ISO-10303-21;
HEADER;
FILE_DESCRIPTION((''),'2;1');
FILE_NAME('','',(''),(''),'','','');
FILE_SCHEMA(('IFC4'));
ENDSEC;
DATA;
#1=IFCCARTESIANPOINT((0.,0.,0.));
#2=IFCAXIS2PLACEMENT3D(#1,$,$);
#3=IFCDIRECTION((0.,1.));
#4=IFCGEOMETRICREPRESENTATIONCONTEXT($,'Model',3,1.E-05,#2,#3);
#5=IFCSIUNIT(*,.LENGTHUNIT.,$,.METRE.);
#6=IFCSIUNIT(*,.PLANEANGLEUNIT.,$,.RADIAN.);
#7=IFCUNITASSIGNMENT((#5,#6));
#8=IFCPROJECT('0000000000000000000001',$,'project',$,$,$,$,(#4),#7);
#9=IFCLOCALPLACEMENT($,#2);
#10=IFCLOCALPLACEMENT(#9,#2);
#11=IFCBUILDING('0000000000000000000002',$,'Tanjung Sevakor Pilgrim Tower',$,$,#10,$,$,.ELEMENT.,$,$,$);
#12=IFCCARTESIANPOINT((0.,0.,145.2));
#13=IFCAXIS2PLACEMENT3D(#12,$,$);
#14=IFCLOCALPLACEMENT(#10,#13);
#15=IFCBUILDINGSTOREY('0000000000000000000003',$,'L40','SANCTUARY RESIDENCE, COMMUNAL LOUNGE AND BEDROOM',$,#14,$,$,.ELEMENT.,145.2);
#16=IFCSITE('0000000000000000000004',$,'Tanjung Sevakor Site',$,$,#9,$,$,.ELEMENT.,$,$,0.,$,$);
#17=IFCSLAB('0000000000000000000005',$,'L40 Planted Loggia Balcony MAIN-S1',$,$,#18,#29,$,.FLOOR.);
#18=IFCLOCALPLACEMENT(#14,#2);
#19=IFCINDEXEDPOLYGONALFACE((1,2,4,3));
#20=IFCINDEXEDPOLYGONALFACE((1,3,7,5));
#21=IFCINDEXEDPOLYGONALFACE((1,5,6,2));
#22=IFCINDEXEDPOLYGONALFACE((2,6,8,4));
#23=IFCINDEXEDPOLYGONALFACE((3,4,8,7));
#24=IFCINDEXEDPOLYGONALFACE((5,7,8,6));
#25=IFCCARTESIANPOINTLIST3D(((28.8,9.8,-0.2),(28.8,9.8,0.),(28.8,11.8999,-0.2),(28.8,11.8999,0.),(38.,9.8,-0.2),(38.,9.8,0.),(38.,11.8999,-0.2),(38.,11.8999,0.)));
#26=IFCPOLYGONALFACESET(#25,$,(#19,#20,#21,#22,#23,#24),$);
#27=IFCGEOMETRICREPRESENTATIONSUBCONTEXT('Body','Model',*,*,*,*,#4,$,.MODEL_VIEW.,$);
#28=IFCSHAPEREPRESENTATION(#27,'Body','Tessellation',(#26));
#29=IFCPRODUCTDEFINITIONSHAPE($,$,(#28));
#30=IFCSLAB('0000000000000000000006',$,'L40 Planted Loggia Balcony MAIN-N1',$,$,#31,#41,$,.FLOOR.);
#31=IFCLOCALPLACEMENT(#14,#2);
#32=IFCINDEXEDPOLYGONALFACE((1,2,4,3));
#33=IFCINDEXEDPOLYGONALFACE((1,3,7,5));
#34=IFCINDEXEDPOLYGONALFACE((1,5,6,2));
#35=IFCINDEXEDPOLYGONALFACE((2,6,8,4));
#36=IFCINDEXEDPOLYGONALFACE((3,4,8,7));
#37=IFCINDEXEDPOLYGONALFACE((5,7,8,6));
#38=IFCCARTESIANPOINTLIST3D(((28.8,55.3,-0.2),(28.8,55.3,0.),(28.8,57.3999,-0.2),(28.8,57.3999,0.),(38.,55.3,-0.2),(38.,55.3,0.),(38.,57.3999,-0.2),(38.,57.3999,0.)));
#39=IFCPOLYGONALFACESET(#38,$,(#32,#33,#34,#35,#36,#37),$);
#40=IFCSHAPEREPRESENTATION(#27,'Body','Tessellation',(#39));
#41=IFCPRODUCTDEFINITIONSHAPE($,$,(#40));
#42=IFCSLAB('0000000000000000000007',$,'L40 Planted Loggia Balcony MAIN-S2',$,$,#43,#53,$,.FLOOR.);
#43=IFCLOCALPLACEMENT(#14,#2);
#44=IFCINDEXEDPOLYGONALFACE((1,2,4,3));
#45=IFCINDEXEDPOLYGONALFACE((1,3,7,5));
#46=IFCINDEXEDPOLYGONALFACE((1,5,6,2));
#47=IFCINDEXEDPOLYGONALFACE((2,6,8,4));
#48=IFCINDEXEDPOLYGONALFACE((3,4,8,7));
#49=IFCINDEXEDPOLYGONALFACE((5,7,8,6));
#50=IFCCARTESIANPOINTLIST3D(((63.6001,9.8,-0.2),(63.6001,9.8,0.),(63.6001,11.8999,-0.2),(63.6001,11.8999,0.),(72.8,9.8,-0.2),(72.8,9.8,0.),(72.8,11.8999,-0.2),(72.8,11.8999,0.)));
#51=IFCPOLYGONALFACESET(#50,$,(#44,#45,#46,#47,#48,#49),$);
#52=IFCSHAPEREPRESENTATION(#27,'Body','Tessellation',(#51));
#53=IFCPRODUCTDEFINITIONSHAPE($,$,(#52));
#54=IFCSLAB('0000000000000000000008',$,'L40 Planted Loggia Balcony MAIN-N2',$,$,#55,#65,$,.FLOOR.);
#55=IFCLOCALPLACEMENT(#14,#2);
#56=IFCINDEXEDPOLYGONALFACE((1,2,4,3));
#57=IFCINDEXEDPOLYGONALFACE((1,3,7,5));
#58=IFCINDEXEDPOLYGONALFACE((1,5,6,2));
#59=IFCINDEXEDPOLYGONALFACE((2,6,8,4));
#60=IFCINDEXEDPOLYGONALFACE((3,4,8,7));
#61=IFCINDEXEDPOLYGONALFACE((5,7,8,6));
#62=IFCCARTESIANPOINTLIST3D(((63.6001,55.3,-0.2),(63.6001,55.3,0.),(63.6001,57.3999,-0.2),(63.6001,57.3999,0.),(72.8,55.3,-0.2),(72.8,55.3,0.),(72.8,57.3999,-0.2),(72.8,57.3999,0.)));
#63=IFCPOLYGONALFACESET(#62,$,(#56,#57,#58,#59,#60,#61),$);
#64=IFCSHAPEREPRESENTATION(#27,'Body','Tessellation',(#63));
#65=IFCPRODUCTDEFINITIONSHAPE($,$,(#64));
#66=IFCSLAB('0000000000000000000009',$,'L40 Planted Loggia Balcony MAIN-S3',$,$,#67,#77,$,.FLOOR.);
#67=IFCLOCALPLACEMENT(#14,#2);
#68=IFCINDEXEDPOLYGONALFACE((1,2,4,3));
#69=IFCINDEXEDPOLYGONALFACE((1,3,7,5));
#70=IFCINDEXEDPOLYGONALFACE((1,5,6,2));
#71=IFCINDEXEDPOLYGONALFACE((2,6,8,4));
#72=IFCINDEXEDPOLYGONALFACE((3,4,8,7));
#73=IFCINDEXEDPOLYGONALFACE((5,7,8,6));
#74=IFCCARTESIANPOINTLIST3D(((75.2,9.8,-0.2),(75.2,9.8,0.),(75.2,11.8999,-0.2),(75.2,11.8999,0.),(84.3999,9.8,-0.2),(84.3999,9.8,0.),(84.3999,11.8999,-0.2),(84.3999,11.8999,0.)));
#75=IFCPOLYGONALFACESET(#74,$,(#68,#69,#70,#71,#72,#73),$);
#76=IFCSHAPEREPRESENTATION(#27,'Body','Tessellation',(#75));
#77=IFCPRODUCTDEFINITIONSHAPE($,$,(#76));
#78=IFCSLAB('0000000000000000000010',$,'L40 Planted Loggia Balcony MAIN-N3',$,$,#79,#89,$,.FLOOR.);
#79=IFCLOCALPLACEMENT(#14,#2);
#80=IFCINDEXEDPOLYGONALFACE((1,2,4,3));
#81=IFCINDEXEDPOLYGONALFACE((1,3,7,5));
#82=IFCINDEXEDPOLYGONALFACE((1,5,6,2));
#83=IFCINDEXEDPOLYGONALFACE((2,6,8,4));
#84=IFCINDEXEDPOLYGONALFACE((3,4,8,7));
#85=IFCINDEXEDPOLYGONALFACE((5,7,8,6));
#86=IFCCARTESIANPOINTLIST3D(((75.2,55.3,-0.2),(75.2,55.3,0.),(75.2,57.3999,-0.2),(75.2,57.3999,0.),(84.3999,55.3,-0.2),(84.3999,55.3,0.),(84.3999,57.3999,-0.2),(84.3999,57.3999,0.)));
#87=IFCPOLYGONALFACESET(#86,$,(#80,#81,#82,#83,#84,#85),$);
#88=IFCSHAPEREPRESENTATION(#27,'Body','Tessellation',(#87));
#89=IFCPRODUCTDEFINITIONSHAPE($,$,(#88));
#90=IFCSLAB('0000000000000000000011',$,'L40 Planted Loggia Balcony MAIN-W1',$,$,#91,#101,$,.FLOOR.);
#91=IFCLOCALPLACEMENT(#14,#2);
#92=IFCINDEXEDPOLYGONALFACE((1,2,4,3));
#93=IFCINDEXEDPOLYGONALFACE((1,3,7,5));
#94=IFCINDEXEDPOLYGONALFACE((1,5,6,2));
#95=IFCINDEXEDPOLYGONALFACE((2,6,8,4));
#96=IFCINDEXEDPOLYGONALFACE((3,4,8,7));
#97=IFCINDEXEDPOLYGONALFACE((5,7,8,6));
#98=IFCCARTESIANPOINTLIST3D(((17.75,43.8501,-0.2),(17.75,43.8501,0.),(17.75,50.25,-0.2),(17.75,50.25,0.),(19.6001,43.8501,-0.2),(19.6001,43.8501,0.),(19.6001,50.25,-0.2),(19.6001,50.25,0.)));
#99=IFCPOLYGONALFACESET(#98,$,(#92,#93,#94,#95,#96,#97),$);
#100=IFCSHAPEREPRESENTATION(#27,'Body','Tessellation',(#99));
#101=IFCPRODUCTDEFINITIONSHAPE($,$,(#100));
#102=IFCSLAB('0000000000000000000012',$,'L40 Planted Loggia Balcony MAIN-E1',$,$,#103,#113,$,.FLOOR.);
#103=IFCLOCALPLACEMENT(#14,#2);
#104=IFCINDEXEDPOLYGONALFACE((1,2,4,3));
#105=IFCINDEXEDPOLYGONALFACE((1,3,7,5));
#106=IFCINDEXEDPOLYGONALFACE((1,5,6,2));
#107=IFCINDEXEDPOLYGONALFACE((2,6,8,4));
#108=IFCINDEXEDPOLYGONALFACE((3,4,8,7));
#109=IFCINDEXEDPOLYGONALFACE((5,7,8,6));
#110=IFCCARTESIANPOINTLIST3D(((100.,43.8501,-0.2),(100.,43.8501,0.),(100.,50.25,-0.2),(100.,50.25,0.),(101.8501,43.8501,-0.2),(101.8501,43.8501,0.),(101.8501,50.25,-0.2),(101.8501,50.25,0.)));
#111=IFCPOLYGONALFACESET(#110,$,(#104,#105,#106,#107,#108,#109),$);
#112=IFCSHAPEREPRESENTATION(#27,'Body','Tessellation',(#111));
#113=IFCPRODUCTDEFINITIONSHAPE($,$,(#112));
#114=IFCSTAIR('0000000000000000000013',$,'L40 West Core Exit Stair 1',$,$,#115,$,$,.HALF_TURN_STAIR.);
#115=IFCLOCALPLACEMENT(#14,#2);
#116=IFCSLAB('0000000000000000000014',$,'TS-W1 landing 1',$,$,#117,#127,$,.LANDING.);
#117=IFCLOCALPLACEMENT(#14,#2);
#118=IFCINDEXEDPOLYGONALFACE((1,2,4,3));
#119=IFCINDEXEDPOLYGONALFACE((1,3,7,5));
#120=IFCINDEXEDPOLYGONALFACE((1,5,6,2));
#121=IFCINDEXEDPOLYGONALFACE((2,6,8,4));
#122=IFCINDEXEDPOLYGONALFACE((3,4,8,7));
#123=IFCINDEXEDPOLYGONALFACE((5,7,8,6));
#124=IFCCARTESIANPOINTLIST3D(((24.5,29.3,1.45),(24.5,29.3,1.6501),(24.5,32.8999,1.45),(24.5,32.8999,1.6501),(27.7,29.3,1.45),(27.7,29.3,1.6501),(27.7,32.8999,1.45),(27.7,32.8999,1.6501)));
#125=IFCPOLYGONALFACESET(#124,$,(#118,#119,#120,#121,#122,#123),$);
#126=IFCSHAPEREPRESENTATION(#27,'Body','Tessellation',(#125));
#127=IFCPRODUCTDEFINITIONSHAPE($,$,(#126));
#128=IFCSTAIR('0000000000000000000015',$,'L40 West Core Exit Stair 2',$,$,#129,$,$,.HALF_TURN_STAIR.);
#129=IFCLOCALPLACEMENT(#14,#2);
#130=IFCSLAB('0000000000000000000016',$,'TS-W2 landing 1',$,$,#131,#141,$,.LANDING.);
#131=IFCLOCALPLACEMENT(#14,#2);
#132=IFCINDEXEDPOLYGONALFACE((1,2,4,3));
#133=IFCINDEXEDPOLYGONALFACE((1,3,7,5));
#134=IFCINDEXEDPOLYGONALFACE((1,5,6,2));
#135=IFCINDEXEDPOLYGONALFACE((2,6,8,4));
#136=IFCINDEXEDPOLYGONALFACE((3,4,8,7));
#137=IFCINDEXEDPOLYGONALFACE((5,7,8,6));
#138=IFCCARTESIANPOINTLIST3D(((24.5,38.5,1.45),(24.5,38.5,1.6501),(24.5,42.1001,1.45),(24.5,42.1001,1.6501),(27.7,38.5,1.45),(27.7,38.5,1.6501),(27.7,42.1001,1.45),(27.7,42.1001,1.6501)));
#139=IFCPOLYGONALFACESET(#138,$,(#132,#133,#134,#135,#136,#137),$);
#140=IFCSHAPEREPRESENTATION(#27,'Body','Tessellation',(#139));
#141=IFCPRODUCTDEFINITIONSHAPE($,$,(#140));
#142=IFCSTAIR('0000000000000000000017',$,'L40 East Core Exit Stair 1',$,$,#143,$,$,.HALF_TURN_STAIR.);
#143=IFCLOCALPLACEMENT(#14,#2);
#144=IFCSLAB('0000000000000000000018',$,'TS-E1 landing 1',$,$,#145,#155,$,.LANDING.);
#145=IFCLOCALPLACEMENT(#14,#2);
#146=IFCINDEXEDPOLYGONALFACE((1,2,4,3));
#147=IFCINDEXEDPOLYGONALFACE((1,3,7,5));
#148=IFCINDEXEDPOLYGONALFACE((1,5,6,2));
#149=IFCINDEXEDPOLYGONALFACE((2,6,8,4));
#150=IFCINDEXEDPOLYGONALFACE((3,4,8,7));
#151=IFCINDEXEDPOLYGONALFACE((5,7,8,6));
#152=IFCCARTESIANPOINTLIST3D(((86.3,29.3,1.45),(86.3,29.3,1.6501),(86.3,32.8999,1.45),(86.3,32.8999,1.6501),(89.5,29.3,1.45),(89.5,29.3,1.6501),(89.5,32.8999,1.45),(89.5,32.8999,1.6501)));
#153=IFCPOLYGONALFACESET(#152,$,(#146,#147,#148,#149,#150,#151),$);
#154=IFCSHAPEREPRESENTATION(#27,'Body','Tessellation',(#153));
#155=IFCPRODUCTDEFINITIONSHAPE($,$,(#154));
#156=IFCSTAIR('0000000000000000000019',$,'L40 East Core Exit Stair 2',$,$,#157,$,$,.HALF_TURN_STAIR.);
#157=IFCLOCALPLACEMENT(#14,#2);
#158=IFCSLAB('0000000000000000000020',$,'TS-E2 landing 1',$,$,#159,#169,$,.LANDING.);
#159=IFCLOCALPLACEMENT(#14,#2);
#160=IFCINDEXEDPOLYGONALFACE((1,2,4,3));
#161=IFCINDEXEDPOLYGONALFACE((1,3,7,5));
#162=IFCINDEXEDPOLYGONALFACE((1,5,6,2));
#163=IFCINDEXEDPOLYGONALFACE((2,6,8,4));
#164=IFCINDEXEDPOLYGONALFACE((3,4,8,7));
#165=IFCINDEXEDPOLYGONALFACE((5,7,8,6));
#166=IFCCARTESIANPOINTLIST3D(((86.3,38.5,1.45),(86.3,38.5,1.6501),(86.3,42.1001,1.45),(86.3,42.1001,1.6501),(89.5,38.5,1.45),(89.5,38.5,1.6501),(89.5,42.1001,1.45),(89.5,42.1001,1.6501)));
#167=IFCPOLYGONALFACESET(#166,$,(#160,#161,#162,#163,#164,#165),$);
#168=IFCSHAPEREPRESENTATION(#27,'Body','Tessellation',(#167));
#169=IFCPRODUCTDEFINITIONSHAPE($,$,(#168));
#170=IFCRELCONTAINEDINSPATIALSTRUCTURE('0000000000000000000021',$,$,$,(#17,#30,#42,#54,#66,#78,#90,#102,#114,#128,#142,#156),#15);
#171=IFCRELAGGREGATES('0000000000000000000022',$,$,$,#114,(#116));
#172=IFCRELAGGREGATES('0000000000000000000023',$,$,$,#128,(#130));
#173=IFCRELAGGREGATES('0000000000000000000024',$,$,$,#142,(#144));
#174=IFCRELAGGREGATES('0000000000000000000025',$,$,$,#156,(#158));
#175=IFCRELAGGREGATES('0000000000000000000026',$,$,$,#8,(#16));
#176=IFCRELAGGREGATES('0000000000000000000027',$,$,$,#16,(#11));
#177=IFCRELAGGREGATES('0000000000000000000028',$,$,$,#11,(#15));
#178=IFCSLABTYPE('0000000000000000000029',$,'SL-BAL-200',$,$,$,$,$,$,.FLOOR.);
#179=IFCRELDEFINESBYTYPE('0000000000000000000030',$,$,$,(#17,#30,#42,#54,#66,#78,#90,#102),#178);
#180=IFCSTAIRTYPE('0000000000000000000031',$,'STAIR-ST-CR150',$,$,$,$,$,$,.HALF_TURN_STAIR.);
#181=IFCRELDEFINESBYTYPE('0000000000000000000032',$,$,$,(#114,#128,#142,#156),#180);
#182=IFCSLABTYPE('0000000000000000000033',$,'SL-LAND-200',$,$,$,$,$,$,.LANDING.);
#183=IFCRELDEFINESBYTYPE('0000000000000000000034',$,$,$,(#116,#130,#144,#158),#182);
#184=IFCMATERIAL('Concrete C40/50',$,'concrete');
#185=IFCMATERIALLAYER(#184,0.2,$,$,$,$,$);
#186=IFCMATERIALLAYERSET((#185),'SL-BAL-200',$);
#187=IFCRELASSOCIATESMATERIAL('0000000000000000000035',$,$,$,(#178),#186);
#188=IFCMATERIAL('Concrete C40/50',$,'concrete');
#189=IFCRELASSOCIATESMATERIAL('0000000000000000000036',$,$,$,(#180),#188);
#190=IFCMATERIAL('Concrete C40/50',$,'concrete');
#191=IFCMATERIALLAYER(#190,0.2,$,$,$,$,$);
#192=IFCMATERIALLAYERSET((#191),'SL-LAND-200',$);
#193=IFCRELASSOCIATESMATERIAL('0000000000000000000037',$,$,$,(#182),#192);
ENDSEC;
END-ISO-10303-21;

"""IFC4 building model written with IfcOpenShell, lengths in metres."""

from ifc_helpers import new_model, si_unit, direction, frame, origin, place, context, subcontext, project, spatial, polyline, outline, extrude, material, layer, layer_set, type_object, element, aggregate, save


model = new_model("IFC4")

# Units and contexts
model_context = context("Model", 3, precision=1e-05, world=origin(), true_north=direction((0.0, 1.0)))
body_context = subcontext(model_context, "Body", "Model", "MODEL_VIEW")
ifc_project = project(units=[si_unit("LENGTHUNIT", "METRE"), si_unit("PLANEANGLEUNIT", "RADIAN")], contexts=[model_context])

# Site, building, storey
site_placement = place(None, origin())
site = spatial("IfcSite", under=ifc_project, at=site_placement, Name="Tanjung Sevakor Site", CompositionType="ELEMENT", RefElevation=0.0)
building_placement = place(site_placement, origin())
building = spatial("IfcBuilding", under=site, at=building_placement, Name="Tanjung Sevakor Pilgrim Tower", CompositionType="ELEMENT")
storey_placement = place(building_placement, frame((0.0, 0.0, 145.2)))
storey = spatial("IfcBuildingStorey", under=building, at=storey_placement, Name="L40", Description="SANCTUARY RESIDENCE, COMMUNAL LOUNGE AND BEDROOM", CompositionType="ELEMENT", Elevation=145.2)

# Slabs
ifc_material_1 = material(Name="Concrete C40/50", Category="concrete")
ifc_layer_1 = layer(ifc_material_1, 0.2)
ifc_layer_set_1 = layer_set([ifc_layer_1], Name="SL-BAL-200")
slab_type_1 = type_object("IfcSlabType", Name="SL-BAL-200", PredefinedType="FLOOR", material=ifc_layer_set_1)
slab_1_placement = place(storey_placement, frame((0.0, 0.0, -0.2)))
element("IfcSlab", 1, at=slab_1_placement, inside=storey, type_object=slab_type_1, Name="L40 Planted Loggia Balcony MAIN-S1", PredefinedType="FLOOR", context=body_context, shape_type="SweptSolid", body=[
    extrude(outline(polyline([(28.8, 9.8), (38.0, 9.8), (38.0, 11.8999), (28.8, 11.8999), (28.8, 9.8)])), origin(), (0.0, 0.0, 1.0), 0.2),
])
slab_2_placement = place(storey_placement, frame((0.0, 0.0, -0.2)))
element("IfcSlab", 2, at=slab_2_placement, inside=storey, type_object=slab_type_1, Name="L40 Planted Loggia Balcony MAIN-N1", PredefinedType="FLOOR", context=body_context, shape_type="SweptSolid", body=[
    extrude(outline(polyline([(28.8, 55.3), (38.0, 55.3), (38.0, 57.3999), (28.8, 57.3999), (28.8, 55.3)])), origin(), (0.0, 0.0, 1.0), 0.2),
])
slab_3_placement = place(storey_placement, frame((0.0, 0.0, -0.2)))
element("IfcSlab", 3, at=slab_3_placement, inside=storey, type_object=slab_type_1, Name="L40 Planted Loggia Balcony MAIN-S2", PredefinedType="FLOOR", context=body_context, shape_type="SweptSolid", body=[
    extrude(outline(polyline([(63.6001, 9.8), (72.8, 9.8), (72.8, 11.8999), (63.6001, 11.8999), (63.6001, 9.8)])), origin(), (0.0, 0.0, 1.0), 0.2),
])
slab_4_placement = place(storey_placement, frame((0.0, 0.0, -0.2)))
element("IfcSlab", 4, at=slab_4_placement, inside=storey, type_object=slab_type_1, Name="L40 Planted Loggia Balcony MAIN-N2", PredefinedType="FLOOR", context=body_context, shape_type="SweptSolid", body=[
    extrude(outline(polyline([(63.6001, 55.3), (72.8, 55.3), (72.8, 57.3999), (63.6001, 57.3999), (63.6001, 55.3)])), origin(), (0.0, 0.0, 1.0), 0.2),
])
slab_5_placement = place(storey_placement, frame((0.0, 0.0, -0.2)))
element("IfcSlab", 5, at=slab_5_placement, inside=storey, type_object=slab_type_1, Name="L40 Planted Loggia Balcony MAIN-S3", PredefinedType="FLOOR", context=body_context, shape_type="SweptSolid", body=[
    extrude(outline(polyline([(75.2, 9.8), (84.3999, 9.8), (84.3999, 11.8999), (75.2, 11.8999), (75.2, 9.8)])), origin(), (0.0, 0.0, 1.0), 0.2),
])
slab_6_placement = place(storey_placement, frame((0.0, 0.0, -0.2)))
element("IfcSlab", 6, at=slab_6_placement, inside=storey, type_object=slab_type_1, Name="L40 Planted Loggia Balcony MAIN-N3", PredefinedType="FLOOR", context=body_context, shape_type="SweptSolid", body=[
    extrude(outline(polyline([(75.2, 55.3), (84.3999, 55.3), (84.3999, 57.3999), (75.2, 57.3999), (75.2, 55.3)])), origin(), (0.0, 0.0, 1.0), 0.2),
])
slab_7_placement = place(storey_placement, frame((0.0, 0.0, -0.2)))
element("IfcSlab", 7, at=slab_7_placement, inside=storey, type_object=slab_type_1, Name="L40 Planted Loggia Balcony MAIN-W1", PredefinedType="FLOOR", context=body_context, shape_type="SweptSolid", body=[
    extrude(outline(polyline([(17.75, 43.8501), (19.6001, 43.8501), (19.6001, 50.25), (17.75, 50.25), (17.75, 43.8501)])), origin(), (0.0, 0.0, 1.0), 0.2),
])
slab_8_placement = place(storey_placement, frame((0.0, 0.0, -0.2)))
element("IfcSlab", 8, at=slab_8_placement, inside=storey, type_object=slab_type_1, Name="L40 Planted Loggia Balcony MAIN-E1", PredefinedType="FLOOR", context=body_context, shape_type="SweptSolid", body=[
    extrude(outline(polyline([(100.0, 43.8501), (101.8501, 43.8501), (101.8501, 50.25), (100.0, 50.25), (100.0, 43.8501)])), origin(), (0.0, 0.0, 1.0), 0.2),
])

# Stairs, slabs
ifc_material_2 = material(Name="Concrete C40/50", Category="concrete")
stair_type = type_object("IfcStairType", Name="STAIR-ST-CR150", PredefinedType="HALF_TURN_STAIR", material=ifc_material_2)
stair_1_placement = place(storey_placement, origin())
stair_1 = element("IfcStair", 9, at=stair_1_placement, inside=storey, type_object=stair_type, Name="L40 West Core Exit Stair 1", PredefinedType="HALF_TURN_STAIR")
ifc_material_3 = material(Name="Concrete C40/50", Category="concrete")
ifc_layer_2 = layer(ifc_material_3, 0.2)
ifc_layer_set_2 = layer_set([ifc_layer_2], Name="SL-LAND-200")
slab_type_2 = type_object("IfcSlabType", Name="SL-LAND-200", PredefinedType="LANDING", material=ifc_layer_set_2)
slab_9_placement = place(storey_placement, frame((0.0, 0.0, 1.45)))
slab_9 = element("IfcSlab", 10, at=slab_9_placement, type_object=slab_type_2, Name="TS-W1 landing 1", PredefinedType="LANDING", context=body_context, shape_type="SweptSolid", body=[
    extrude(outline(polyline([(27.7, 29.3), (27.7, 32.8999), (24.5, 32.8999), (24.5, 29.3), (27.7, 29.3)])), origin(), (0.0, 0.0, 1.0), 0.2002),
])
aggregate(stair_1, [slab_9])
stair_2_placement = place(storey_placement, origin())
stair_2 = element("IfcStair", 11, at=stair_2_placement, inside=storey, type_object=stair_type, Name="L40 West Core Exit Stair 2", PredefinedType="HALF_TURN_STAIR")
slab_10_placement = place(storey_placement, frame((0.0, 0.0, 1.45)))
slab_10 = element("IfcSlab", 12, at=slab_10_placement, type_object=slab_type_2, Name="TS-W2 landing 1", PredefinedType="LANDING", context=body_context, shape_type="SweptSolid", body=[
    extrude(outline(polyline([(27.7, 38.5), (27.7, 42.1001), (24.5, 42.1001), (24.5, 38.5), (27.7, 38.5)])), origin(), (0.0, 0.0, 1.0), 0.2002),
])
aggregate(stair_2, [slab_10])
stair_3_placement = place(storey_placement, origin())
stair_3 = element("IfcStair", 13, at=stair_3_placement, inside=storey, type_object=stair_type, Name="L40 East Core Exit Stair 1", PredefinedType="HALF_TURN_STAIR")
slab_11_placement = place(storey_placement, frame((0.0, 0.0, 1.45)))
slab_11 = element("IfcSlab", 14, at=slab_11_placement, type_object=slab_type_2, Name="TS-E1 landing 1", PredefinedType="LANDING", context=body_context, shape_type="SweptSolid", body=[
    extrude(outline(polyline([(89.5, 29.3), (89.5, 32.8999), (86.3, 32.8999), (86.3, 29.3), (89.5, 29.3)])), origin(), (0.0, 0.0, 1.0), 0.2002),
])
aggregate(stair_3, [slab_11])
stair_4_placement = place(storey_placement, origin())
stair_4 = element("IfcStair", 15, at=stair_4_placement, inside=storey, type_object=stair_type, Name="L40 East Core Exit Stair 2", PredefinedType="HALF_TURN_STAIR")
slab_12_placement = place(storey_placement, frame((0.0, 0.0, 1.45)))
slab_12 = element("IfcSlab", 16, at=slab_12_placement, type_object=slab_type_2, Name="TS-E2 landing 1", PredefinedType="LANDING", context=body_context, shape_type="SweptSolid", body=[
    extrude(outline(polyline([(89.5, 38.5), (89.5, 42.1001), (86.3, 42.1001), (86.3, 38.5), (89.5, 38.5)])), origin(), (0.0, 0.0, 1.0), 0.2002),
])
aggregate(stair_4, [slab_12])

save(model, "model.ifc")
